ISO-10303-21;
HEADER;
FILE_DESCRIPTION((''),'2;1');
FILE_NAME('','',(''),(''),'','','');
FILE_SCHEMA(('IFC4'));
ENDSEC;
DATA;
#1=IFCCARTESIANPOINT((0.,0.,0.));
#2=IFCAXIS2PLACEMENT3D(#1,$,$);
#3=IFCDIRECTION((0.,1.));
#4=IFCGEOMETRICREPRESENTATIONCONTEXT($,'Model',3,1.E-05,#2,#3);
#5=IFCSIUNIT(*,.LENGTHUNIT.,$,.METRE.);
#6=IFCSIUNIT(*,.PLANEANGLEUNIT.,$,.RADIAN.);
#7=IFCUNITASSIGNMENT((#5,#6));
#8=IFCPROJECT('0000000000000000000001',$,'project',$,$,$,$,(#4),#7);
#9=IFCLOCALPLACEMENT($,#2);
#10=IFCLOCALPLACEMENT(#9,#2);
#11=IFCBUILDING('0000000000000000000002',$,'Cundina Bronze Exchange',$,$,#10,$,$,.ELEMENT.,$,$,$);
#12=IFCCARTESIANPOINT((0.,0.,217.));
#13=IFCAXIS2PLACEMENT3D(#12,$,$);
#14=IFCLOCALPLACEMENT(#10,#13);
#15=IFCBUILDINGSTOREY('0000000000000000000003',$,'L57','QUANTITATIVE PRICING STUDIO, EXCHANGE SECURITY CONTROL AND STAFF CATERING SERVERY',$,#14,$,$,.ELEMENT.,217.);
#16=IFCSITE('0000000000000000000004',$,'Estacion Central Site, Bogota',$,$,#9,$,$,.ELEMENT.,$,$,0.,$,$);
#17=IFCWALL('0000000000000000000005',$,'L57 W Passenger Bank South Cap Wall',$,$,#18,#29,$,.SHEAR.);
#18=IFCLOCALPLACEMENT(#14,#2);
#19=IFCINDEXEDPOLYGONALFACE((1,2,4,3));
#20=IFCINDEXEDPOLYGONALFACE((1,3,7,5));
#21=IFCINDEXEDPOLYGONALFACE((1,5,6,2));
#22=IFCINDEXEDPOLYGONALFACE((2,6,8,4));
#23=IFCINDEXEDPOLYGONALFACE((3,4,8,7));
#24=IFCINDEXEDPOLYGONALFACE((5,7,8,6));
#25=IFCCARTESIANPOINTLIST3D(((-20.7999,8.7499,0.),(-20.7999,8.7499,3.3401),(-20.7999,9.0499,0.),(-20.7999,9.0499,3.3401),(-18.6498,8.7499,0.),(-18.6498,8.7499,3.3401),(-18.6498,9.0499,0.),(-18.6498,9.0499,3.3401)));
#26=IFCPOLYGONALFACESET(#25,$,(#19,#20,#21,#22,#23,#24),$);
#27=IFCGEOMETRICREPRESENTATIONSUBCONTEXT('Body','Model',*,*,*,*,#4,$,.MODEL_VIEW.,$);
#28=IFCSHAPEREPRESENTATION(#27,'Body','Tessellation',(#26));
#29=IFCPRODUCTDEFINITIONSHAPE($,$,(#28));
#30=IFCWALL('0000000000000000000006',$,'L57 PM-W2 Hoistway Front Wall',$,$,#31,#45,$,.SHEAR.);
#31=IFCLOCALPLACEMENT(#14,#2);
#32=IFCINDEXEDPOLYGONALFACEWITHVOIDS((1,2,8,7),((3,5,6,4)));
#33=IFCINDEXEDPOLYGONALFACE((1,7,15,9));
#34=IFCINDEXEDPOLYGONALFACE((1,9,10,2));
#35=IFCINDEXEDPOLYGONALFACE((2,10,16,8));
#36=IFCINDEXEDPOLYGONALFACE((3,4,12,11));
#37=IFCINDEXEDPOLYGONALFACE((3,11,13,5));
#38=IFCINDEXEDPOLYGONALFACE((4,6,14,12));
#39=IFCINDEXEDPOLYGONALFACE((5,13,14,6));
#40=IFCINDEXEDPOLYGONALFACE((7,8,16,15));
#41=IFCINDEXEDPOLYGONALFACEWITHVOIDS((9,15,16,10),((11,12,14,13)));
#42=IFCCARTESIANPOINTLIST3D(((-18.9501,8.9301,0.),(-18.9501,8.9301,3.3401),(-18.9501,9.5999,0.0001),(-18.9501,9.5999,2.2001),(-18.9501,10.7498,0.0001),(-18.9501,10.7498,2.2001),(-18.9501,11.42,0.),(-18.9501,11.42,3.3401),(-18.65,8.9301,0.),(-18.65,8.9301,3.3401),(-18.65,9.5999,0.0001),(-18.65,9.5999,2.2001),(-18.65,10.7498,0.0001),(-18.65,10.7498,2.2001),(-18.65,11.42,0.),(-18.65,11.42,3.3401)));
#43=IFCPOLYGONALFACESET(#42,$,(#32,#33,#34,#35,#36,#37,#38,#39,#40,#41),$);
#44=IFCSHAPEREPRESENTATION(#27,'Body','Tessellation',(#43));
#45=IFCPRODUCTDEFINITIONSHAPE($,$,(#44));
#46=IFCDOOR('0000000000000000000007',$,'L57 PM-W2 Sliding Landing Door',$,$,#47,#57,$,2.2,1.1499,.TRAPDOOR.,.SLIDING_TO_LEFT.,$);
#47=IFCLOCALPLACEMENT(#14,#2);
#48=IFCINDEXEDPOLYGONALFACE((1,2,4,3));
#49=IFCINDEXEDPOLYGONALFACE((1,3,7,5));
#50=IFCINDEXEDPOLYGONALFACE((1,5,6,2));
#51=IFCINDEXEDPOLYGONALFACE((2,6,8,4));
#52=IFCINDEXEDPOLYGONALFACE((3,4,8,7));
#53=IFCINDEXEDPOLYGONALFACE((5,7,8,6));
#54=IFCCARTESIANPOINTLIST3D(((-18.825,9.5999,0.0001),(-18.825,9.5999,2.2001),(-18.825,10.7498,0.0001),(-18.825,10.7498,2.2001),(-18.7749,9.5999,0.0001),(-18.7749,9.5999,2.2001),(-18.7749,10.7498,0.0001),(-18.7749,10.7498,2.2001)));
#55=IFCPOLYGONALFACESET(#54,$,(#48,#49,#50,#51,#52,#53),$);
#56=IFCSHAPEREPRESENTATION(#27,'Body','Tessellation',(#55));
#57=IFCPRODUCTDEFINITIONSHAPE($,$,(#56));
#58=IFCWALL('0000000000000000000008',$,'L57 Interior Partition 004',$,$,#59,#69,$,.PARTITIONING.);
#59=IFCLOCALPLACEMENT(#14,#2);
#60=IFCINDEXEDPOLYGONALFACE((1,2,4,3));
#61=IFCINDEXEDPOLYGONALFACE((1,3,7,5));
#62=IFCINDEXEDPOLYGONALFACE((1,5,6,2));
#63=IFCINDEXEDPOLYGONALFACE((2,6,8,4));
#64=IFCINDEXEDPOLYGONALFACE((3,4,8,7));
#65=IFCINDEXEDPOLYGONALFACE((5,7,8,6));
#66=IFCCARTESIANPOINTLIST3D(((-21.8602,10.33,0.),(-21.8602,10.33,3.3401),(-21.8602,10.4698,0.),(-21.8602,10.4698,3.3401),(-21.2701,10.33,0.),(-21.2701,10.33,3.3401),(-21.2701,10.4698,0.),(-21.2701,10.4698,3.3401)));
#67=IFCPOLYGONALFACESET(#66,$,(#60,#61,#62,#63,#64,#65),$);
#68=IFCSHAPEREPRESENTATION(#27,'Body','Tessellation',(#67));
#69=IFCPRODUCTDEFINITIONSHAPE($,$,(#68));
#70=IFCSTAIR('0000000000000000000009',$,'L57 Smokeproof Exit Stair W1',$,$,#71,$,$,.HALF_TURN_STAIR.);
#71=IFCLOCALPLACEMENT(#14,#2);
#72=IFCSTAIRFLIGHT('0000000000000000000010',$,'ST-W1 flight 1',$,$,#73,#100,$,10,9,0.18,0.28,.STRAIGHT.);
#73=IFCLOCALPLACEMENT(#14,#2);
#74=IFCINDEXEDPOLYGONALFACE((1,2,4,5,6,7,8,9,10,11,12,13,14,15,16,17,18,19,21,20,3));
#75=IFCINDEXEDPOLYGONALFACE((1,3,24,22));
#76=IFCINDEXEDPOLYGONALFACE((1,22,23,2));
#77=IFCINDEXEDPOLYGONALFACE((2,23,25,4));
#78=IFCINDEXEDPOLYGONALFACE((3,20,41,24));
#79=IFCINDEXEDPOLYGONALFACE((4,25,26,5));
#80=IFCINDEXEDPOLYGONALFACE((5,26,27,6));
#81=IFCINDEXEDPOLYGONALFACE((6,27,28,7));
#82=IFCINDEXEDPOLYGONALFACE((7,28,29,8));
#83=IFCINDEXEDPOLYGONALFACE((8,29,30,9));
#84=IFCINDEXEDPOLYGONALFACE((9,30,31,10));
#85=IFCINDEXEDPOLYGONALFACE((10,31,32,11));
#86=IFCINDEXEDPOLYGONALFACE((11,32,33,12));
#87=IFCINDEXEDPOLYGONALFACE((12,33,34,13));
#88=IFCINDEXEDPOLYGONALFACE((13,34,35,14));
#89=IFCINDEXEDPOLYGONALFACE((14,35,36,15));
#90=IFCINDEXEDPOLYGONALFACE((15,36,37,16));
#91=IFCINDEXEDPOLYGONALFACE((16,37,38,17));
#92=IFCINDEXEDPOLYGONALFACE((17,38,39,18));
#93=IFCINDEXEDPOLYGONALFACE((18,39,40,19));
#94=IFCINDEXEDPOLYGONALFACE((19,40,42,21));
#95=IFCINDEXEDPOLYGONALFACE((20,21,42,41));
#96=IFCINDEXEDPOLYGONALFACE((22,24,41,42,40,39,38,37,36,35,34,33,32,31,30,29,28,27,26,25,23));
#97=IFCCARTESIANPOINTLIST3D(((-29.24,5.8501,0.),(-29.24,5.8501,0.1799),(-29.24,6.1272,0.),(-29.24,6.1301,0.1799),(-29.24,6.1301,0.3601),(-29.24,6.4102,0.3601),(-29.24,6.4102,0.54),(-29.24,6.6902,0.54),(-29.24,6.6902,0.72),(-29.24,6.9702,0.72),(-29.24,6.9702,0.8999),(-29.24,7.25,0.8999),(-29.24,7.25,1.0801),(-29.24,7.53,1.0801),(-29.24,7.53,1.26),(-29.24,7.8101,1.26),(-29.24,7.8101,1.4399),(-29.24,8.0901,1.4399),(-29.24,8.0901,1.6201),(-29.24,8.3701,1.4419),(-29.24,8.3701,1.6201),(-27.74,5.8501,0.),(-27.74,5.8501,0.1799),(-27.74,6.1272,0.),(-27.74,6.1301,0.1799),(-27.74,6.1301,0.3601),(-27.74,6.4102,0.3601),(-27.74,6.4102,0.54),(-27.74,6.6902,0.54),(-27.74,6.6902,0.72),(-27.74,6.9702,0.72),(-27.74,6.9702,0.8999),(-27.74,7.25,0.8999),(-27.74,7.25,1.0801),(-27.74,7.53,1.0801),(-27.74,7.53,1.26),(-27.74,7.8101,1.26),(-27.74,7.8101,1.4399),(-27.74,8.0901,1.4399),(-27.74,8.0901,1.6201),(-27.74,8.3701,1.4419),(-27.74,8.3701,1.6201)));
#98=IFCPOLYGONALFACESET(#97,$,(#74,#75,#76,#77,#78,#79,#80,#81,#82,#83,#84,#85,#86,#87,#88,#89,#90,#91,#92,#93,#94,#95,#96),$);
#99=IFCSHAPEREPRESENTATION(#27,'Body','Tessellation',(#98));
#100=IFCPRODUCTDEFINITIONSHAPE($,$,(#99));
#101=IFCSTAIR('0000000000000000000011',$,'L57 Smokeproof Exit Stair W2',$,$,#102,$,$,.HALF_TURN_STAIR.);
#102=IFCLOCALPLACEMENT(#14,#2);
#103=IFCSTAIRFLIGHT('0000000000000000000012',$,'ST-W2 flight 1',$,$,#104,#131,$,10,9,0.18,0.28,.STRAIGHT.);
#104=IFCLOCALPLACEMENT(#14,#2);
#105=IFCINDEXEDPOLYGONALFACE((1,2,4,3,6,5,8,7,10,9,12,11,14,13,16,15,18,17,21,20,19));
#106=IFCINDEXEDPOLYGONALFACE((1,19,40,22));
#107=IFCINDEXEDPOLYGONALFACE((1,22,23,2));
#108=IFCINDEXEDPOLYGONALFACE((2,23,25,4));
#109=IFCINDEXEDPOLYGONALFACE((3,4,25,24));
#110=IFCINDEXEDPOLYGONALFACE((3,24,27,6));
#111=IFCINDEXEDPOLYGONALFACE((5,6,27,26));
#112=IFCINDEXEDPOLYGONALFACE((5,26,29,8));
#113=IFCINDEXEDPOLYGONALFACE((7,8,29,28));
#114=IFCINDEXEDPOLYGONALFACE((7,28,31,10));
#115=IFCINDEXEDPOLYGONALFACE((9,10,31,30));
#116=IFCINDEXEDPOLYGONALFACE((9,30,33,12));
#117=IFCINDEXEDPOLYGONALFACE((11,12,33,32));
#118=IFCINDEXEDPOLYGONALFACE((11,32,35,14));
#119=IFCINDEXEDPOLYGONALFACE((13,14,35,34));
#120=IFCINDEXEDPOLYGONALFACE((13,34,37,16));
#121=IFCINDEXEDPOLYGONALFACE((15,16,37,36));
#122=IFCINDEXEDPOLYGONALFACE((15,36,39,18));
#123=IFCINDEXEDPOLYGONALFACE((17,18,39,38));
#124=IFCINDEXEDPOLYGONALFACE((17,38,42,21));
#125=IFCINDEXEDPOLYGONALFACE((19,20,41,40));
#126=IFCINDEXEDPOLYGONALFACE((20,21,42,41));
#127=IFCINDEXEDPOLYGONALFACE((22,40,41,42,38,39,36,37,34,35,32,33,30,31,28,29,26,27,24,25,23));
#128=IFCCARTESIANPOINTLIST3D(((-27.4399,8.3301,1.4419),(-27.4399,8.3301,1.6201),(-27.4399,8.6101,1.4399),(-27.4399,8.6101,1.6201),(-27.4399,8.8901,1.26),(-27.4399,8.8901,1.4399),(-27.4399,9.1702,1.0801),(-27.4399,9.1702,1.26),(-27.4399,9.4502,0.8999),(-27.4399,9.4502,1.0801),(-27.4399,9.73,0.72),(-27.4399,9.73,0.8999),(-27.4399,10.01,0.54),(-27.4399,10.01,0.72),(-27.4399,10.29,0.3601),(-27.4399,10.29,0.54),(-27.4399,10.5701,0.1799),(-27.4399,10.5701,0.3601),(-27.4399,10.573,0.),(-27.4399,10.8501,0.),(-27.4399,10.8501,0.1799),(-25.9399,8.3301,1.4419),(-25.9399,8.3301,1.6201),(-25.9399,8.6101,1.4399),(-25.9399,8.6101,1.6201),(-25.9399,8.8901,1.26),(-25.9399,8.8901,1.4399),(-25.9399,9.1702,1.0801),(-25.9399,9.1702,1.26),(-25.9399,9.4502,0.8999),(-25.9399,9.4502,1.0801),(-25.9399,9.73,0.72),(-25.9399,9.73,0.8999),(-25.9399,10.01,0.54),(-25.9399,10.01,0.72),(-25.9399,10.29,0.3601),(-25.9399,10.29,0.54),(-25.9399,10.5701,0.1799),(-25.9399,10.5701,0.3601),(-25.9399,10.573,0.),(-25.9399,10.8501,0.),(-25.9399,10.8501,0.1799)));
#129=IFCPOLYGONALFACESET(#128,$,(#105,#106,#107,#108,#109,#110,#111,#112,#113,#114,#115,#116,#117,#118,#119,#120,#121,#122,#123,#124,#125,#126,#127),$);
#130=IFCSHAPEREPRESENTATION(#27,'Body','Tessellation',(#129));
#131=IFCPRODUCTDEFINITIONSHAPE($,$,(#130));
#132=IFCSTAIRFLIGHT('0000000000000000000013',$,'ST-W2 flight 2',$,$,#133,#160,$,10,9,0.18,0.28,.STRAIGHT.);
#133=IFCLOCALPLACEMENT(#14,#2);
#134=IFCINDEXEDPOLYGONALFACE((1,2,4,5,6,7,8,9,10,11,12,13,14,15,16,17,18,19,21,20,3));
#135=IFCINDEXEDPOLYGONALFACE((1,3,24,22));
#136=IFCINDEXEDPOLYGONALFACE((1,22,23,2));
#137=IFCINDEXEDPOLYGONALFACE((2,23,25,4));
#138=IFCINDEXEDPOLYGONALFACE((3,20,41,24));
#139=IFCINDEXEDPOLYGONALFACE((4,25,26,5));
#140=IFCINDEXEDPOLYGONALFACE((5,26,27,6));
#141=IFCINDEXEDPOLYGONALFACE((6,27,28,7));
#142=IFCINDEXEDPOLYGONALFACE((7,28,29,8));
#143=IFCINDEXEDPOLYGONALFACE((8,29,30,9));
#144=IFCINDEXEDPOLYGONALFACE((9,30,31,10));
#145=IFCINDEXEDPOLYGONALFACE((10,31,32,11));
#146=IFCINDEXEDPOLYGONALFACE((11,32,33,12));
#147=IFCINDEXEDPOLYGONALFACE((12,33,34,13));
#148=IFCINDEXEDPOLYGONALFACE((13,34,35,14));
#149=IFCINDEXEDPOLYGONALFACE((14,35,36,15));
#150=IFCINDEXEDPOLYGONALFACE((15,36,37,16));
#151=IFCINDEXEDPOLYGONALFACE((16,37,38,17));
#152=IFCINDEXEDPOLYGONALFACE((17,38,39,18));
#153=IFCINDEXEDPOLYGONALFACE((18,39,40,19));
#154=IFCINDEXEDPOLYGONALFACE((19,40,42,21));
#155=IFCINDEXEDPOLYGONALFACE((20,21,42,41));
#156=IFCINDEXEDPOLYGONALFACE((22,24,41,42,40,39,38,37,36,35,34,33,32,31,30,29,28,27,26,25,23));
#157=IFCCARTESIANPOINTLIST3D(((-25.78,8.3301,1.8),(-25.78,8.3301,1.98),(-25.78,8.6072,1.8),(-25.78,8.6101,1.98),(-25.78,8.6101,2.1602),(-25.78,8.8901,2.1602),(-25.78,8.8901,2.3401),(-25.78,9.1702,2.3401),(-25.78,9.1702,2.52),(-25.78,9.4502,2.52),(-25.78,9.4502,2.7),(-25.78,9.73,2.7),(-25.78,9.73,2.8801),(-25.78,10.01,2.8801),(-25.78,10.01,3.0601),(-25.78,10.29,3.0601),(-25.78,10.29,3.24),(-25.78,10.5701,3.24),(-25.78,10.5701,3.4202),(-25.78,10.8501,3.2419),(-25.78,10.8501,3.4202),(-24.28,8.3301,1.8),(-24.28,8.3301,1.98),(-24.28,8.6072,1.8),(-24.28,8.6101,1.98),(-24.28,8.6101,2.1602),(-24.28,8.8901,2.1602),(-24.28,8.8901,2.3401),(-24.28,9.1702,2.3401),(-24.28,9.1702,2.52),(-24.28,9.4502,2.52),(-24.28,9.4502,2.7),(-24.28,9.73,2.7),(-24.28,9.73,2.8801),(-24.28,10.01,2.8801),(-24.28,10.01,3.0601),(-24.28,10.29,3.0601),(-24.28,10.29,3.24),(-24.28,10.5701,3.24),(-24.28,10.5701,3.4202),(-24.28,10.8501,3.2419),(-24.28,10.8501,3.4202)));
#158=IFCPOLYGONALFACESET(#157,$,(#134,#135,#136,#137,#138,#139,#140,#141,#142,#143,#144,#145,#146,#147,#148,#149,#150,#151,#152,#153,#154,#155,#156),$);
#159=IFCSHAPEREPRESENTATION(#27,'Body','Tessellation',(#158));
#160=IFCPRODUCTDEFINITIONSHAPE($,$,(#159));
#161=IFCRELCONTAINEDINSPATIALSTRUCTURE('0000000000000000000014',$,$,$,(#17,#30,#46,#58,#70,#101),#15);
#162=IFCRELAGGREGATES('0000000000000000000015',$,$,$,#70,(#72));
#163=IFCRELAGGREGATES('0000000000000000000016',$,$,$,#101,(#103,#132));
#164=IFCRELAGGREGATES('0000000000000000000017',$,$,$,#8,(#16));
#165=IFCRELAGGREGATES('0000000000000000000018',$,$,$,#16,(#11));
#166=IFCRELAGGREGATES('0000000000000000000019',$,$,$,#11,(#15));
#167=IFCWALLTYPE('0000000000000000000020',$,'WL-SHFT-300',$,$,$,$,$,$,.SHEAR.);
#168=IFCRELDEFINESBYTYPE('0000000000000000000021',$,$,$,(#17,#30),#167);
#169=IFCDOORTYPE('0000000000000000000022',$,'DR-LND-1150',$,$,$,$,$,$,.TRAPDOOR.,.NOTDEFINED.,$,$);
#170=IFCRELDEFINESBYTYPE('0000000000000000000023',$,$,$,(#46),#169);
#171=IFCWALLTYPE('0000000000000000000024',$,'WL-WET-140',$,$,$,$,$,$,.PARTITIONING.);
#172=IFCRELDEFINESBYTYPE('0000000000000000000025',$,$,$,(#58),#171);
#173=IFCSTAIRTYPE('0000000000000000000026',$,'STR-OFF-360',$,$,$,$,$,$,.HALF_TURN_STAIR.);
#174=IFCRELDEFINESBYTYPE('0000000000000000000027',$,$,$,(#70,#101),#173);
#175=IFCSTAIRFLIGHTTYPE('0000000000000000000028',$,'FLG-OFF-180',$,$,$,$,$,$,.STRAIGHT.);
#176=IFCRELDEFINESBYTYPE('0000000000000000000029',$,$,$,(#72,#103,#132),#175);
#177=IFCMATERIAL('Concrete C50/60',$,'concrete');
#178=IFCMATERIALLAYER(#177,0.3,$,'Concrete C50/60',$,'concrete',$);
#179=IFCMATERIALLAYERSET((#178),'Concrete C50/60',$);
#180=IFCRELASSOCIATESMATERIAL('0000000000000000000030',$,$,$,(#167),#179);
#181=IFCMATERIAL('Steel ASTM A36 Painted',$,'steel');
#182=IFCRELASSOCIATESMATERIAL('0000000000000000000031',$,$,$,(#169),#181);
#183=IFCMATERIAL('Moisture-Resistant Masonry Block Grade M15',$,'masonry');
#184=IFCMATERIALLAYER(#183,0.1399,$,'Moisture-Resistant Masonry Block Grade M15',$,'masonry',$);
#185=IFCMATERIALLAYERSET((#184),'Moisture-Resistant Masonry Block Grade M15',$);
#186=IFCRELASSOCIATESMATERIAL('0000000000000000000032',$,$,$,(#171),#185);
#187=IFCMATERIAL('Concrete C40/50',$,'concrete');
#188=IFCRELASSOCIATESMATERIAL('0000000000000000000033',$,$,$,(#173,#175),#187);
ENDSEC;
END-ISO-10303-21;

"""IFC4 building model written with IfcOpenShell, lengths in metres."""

from ifc_helpers import new_model, si_unit, direction, frame, frame_2d, origin, place, context, subcontext, project, spatial, polyline, rectangle, outline, extrude, material, layer, layer_set, type_object, element, fill, aggregate, save


model = new_model("IFC4")

# Units and contexts
model_context = context("Model", 3, precision=1e-05, world=origin(), true_north=direction((0.0, 1.0)))
body_context = subcontext(model_context, "Body", "Model", "MODEL_VIEW")
ifc_project = project(units=[si_unit("LENGTHUNIT", "METRE"), si_unit("PLANEANGLEUNIT", "RADIAN")], contexts=[model_context])

# Site, building, storey
site_placement = place(None, origin())
site = spatial("IfcSite", under=ifc_project, at=site_placement, Name="Estacion Central Site, Bogota", CompositionType="ELEMENT", RefElevation=0.0)
building_placement = place(site_placement, origin())
building = spatial("IfcBuilding", under=site, at=building_placement, Name="Cundina Bronze Exchange", CompositionType="ELEMENT")
storey_placement = place(building_placement, frame((0.0, 0.0, 217.0)))
storey = spatial("IfcBuildingStorey", under=building, at=storey_placement, Name="L57", Description="QUANTITATIVE PRICING STUDIO, EXCHANGE SECURITY CONTROL AND STAFF CATERING SERVERY", CompositionType="ELEMENT", Elevation=217.0)

# Shared definitions
ifc_material_1 = material(Name="Concrete C50/60", Category="concrete")

# Shared definitions
ifc_layer_1 = layer(ifc_material_1, 0.3, Name="Concrete C50/60", Category="concrete")
ifc_layer_set_1 = layer_set([ifc_layer_1], Name="Concrete C50/60")
wall_type_1 = type_object("IfcWallType", Name="WL-SHFT-300", PredefinedType="SHEAR", material=ifc_layer_set_1)
ifc_material_2 = material(Name="Steel ASTM A36 Painted", Category="steel")
door_type = type_object("IfcDoorType", Name="DR-LND-1150", OperationType="NOTDEFINED", PredefinedType="TRAPDOOR", material=ifc_material_2)

# Wall
wall_1_placement = place(storey_placement, frame((-20.8, 8.8999, 0.0), z_axis=(0.0, 0.0, 1.0), x_axis=(1.0, 0.0, 0.0)))
element("IfcWall", 1, at=wall_1_placement, inside=storey, type_object=wall_type_1, Name="L57 W Passenger Bank South Cap Wall", PredefinedType="SHEAR", context=body_context, shape_type="SweptSolid", body=[
    extrude(rectangle(XDim=2.1501, YDim=0.3, at=frame_2d((1.0752, 0.0))), origin(), (0.0, 0.0, 1.0), 3.3401),
])

# Wall, opening, door
wall_2_placement = place(storey_placement, frame((-18.8, 8.9299, 0.0), z_axis=(0.0, 0.0, 1.0), x_axis=(0.0, 1.0, 0.0)))
wall_2 = element("IfcWall", 2, at=wall_2_placement, inside=storey, type_object=wall_type_1, Name="L57 PM-W2 Hoistway Front Wall", PredefinedType="SHEAR", context=body_context, shape_type="SweptSolid", body=[
    extrude(rectangle(XDim=2.49, YDim=0.3, at=frame_2d((1.2451, 0.0))), origin(), (0.0, 0.0, 1.0), 3.3401),
])
opening_1_placement = place(wall_2_placement, frame((0.6699, 0.0, 0.0)))
opening_1 = element("IfcOpeningElement", 3, at=opening_1_placement, cuts=wall_2, PredefinedType="OPENING", context=body_context, shape_type="SweptSolid", body=[
    extrude(rectangle(XDim=1.1499, YDim=2.2, at=frame_2d((0.575, 1.1001))), frame((0.0, 0.1599, 0.0), z_axis=(0.0, -1.0, 0.0), x_axis=(1.0, 0.0, 0.0)), (0.0, 0.0, 1.0), 0.3201),
])
door_1_placement = place(opening_1_placement, origin())
door_1 = element("IfcDoor", 4, at=door_1_placement, inside=storey, type_object=door_type, Name="L57 PM-W2 Sliding Landing Door", OperationType="SLIDING_TO_LEFT", OverallHeight=2.2, OverallWidth=1.1499, PredefinedType="TRAPDOOR", context=body_context, shape_type="SweptSolid", body=[
    extrude(rectangle(XDim=1.1499, YDim=2.2, at=frame_2d((0.575, 1.1001))), frame((0.0, 0.0249, 0.0), z_axis=(0.0, -1.0, 0.0), x_axis=(1.0, 0.0, 0.0)), (0.0, 0.0, 1.0), 0.05),
])
fill(opening_1, door_1)

# Wall
ifc_material_3 = material(Name="Moisture-Resistant Masonry Block Grade M15", Category="masonry")
ifc_layer_2 = layer(ifc_material_3, 0.1399, Name="Moisture-Resistant Masonry Block Grade M15", Category="masonry")
ifc_layer_set_2 = layer_set([ifc_layer_2], Name="Moisture-Resistant Masonry Block Grade M15")
wall_type_2 = type_object("IfcWallType", Name="WL-WET-140", PredefinedType="PARTITIONING", material=ifc_layer_set_2)
wall_3_placement = place(storey_placement, frame((-21.8601, 10.3999, 0.0), z_axis=(0.0, 0.0, 1.0), x_axis=(1.0, 0.0, 0.0)))
element("IfcWall", 5, at=wall_3_placement, inside=storey, type_object=wall_type_2, Name="L57 Interior Partition 004", PredefinedType="PARTITIONING", context=body_context, shape_type="SweptSolid", body=[
    extrude(rectangle(XDim=0.5901, YDim=0.1399, at=frame_2d((0.2949, 0.0))), origin(), (0.0, 0.0, 1.0), 3.3401),
])

# Stair, stair flight
ifc_material_4 = material(Name="Concrete C40/50", Category="concrete")
stair_type = type_object("IfcStairType", Name="STR-OFF-360", PredefinedType="HALF_TURN_STAIR", material=ifc_material_4)
stair_1_placement = place(storey_placement, origin())
stair_1 = element("IfcStair", 6, at=stair_1_placement, inside=storey, type_object=stair_type, Name="L57 Smokeproof Exit Stair W1", PredefinedType="HALF_TURN_STAIR")
stair_flight_type = type_object("IfcStairFlightType", Name="FLG-OFF-180", PredefinedType="STRAIGHT", material=ifc_material_4)
stair_flight_1_placement = place(storey_placement, frame((-28.49, 5.8501, 0.0), z_axis=(0.0, 0.0, 1.0), x_axis=(0.0, 1.0, 0.0)))
stair_flight_1 = element("IfcStairFlight", 7, at=stair_flight_1_placement, type_object=stair_flight_type, Name="ST-W1 flight 1", NumberOfRisers=10, NumberOfTreads=9, PredefinedType="STRAIGHT", RiserHeight=0.18, TreadLength=0.28, context=body_context, shape_type="SweptSolid", body=[
    extrude(outline(polyline([(0.0, 0.0), (0.0, 0.1799), (0.28, 0.1799), (0.28, 0.3601), (0.5601, 0.3601), (0.5601, 0.54), (0.8401, 0.54), (0.8401, 0.72), (1.1201, 0.72), (1.1201, 0.8999), (1.3999, 0.8999), (1.3999, 1.0801), (1.6799, 1.0801), (1.6799, 1.26), (1.96, 1.26), (1.96, 1.4399), (2.24, 1.4399), (2.24, 1.6201), (2.52, 1.6201), (2.52, 1.8), (2.52, 1.4419), (0.2771, 0.0), (0.0, 0.0)])), frame((0.0, 0.75, 0.0), z_axis=(0.0, -1.0, 0.0), x_axis=(1.0, 0.0, 0.0)), (0.0, 0.0, 1.0), 1.5),
])
aggregate(stair_1, [stair_flight_1])

# Stair, stair flights
stair_2_placement = place(storey_placement, origin())
stair_2 = element("IfcStair", 8, at=stair_2_placement, inside=storey, type_object=stair_type, Name="L57 Smokeproof Exit Stair W2", PredefinedType="HALF_TURN_STAIR")
stair_flight_2_placement = place(storey_placement, frame((-26.6899, 10.8501, 0.0), z_axis=(0.0, 0.0, 1.0), x_axis=(0.0, -1.0, 0.0)))
stair_flight_2 = element("IfcStairFlight", 9, at=stair_flight_2_placement, type_object=stair_flight_type, Name="ST-W2 flight 1", NumberOfRisers=10, NumberOfTreads=9, PredefinedType="STRAIGHT", RiserHeight=0.18, TreadLength=0.28, context=body_context, shape_type="SweptSolid", body=[
    extrude(outline(polyline([(0.0, 0.0), (0.0, 0.1799), (0.28, 0.1799), (0.28, 0.3601), (0.5601, 0.3601), (0.5601, 0.54), (0.8401, 0.54), (0.8401, 0.72), (1.1201, 0.72), (1.1201, 0.8999), (1.3999, 0.8999), (1.3999, 1.0801), (1.6799, 1.0801), (1.6799, 1.26), (1.96, 1.26), (1.96, 1.4399), (2.24, 1.4399), (2.24, 1.6201), (2.52, 1.6201), (2.52, 1.8), (2.52, 1.4419), (0.2771, 0.0), (0.0, 0.0)])), frame((0.0, 0.75, 0.0), z_axis=(0.0, -1.0, 0.0), x_axis=(1.0, 0.0, 0.0)), (0.0, 0.0, 1.0), 1.5),
])
stair_flight_3_placement = place(storey_placement, frame((-25.03, 8.3301, 1.8), z_axis=(0.0, 0.0, 1.0), x_axis=(0.0, 1.0, 0.0)))
stair_flight_3 = element("IfcStairFlight", 10, at=stair_flight_3_placement, type_object=stair_flight_type, Name="ST-W2 flight 2", NumberOfRisers=10, NumberOfTreads=9, PredefinedType="STRAIGHT", RiserHeight=0.18, TreadLength=0.28, context=body_context, shape_type="SweptSolid", body=[
    extrude(outline(polyline([(0.0, 0.0), (0.0, 0.1799), (0.28, 0.1799), (0.28, 0.3601), (0.5601, 0.3601), (0.5601, 0.54), (0.8401, 0.54), (0.8401, 0.72), (1.1201, 0.72), (1.1201, 0.8999), (1.3999, 0.8999), (1.3999, 1.0801), (1.6799, 1.0801), (1.6799, 1.26), (1.96, 1.26), (1.96, 1.4399), (2.24, 1.4399), (2.24, 1.6201), (2.52, 1.6201), (2.52, 1.8), (2.52, 1.4419), (0.2771, 0.0), (0.0, 0.0)])), frame((0.0, 0.75, 0.0), z_axis=(0.0, -1.0, 0.0), x_axis=(1.0, 0.0, 0.0)), (0.0, 0.0, 1.0), 1.5),
])
aggregate(stair_2, [stair_flight_2, stair_flight_3])

save(model, "model.ifc")
